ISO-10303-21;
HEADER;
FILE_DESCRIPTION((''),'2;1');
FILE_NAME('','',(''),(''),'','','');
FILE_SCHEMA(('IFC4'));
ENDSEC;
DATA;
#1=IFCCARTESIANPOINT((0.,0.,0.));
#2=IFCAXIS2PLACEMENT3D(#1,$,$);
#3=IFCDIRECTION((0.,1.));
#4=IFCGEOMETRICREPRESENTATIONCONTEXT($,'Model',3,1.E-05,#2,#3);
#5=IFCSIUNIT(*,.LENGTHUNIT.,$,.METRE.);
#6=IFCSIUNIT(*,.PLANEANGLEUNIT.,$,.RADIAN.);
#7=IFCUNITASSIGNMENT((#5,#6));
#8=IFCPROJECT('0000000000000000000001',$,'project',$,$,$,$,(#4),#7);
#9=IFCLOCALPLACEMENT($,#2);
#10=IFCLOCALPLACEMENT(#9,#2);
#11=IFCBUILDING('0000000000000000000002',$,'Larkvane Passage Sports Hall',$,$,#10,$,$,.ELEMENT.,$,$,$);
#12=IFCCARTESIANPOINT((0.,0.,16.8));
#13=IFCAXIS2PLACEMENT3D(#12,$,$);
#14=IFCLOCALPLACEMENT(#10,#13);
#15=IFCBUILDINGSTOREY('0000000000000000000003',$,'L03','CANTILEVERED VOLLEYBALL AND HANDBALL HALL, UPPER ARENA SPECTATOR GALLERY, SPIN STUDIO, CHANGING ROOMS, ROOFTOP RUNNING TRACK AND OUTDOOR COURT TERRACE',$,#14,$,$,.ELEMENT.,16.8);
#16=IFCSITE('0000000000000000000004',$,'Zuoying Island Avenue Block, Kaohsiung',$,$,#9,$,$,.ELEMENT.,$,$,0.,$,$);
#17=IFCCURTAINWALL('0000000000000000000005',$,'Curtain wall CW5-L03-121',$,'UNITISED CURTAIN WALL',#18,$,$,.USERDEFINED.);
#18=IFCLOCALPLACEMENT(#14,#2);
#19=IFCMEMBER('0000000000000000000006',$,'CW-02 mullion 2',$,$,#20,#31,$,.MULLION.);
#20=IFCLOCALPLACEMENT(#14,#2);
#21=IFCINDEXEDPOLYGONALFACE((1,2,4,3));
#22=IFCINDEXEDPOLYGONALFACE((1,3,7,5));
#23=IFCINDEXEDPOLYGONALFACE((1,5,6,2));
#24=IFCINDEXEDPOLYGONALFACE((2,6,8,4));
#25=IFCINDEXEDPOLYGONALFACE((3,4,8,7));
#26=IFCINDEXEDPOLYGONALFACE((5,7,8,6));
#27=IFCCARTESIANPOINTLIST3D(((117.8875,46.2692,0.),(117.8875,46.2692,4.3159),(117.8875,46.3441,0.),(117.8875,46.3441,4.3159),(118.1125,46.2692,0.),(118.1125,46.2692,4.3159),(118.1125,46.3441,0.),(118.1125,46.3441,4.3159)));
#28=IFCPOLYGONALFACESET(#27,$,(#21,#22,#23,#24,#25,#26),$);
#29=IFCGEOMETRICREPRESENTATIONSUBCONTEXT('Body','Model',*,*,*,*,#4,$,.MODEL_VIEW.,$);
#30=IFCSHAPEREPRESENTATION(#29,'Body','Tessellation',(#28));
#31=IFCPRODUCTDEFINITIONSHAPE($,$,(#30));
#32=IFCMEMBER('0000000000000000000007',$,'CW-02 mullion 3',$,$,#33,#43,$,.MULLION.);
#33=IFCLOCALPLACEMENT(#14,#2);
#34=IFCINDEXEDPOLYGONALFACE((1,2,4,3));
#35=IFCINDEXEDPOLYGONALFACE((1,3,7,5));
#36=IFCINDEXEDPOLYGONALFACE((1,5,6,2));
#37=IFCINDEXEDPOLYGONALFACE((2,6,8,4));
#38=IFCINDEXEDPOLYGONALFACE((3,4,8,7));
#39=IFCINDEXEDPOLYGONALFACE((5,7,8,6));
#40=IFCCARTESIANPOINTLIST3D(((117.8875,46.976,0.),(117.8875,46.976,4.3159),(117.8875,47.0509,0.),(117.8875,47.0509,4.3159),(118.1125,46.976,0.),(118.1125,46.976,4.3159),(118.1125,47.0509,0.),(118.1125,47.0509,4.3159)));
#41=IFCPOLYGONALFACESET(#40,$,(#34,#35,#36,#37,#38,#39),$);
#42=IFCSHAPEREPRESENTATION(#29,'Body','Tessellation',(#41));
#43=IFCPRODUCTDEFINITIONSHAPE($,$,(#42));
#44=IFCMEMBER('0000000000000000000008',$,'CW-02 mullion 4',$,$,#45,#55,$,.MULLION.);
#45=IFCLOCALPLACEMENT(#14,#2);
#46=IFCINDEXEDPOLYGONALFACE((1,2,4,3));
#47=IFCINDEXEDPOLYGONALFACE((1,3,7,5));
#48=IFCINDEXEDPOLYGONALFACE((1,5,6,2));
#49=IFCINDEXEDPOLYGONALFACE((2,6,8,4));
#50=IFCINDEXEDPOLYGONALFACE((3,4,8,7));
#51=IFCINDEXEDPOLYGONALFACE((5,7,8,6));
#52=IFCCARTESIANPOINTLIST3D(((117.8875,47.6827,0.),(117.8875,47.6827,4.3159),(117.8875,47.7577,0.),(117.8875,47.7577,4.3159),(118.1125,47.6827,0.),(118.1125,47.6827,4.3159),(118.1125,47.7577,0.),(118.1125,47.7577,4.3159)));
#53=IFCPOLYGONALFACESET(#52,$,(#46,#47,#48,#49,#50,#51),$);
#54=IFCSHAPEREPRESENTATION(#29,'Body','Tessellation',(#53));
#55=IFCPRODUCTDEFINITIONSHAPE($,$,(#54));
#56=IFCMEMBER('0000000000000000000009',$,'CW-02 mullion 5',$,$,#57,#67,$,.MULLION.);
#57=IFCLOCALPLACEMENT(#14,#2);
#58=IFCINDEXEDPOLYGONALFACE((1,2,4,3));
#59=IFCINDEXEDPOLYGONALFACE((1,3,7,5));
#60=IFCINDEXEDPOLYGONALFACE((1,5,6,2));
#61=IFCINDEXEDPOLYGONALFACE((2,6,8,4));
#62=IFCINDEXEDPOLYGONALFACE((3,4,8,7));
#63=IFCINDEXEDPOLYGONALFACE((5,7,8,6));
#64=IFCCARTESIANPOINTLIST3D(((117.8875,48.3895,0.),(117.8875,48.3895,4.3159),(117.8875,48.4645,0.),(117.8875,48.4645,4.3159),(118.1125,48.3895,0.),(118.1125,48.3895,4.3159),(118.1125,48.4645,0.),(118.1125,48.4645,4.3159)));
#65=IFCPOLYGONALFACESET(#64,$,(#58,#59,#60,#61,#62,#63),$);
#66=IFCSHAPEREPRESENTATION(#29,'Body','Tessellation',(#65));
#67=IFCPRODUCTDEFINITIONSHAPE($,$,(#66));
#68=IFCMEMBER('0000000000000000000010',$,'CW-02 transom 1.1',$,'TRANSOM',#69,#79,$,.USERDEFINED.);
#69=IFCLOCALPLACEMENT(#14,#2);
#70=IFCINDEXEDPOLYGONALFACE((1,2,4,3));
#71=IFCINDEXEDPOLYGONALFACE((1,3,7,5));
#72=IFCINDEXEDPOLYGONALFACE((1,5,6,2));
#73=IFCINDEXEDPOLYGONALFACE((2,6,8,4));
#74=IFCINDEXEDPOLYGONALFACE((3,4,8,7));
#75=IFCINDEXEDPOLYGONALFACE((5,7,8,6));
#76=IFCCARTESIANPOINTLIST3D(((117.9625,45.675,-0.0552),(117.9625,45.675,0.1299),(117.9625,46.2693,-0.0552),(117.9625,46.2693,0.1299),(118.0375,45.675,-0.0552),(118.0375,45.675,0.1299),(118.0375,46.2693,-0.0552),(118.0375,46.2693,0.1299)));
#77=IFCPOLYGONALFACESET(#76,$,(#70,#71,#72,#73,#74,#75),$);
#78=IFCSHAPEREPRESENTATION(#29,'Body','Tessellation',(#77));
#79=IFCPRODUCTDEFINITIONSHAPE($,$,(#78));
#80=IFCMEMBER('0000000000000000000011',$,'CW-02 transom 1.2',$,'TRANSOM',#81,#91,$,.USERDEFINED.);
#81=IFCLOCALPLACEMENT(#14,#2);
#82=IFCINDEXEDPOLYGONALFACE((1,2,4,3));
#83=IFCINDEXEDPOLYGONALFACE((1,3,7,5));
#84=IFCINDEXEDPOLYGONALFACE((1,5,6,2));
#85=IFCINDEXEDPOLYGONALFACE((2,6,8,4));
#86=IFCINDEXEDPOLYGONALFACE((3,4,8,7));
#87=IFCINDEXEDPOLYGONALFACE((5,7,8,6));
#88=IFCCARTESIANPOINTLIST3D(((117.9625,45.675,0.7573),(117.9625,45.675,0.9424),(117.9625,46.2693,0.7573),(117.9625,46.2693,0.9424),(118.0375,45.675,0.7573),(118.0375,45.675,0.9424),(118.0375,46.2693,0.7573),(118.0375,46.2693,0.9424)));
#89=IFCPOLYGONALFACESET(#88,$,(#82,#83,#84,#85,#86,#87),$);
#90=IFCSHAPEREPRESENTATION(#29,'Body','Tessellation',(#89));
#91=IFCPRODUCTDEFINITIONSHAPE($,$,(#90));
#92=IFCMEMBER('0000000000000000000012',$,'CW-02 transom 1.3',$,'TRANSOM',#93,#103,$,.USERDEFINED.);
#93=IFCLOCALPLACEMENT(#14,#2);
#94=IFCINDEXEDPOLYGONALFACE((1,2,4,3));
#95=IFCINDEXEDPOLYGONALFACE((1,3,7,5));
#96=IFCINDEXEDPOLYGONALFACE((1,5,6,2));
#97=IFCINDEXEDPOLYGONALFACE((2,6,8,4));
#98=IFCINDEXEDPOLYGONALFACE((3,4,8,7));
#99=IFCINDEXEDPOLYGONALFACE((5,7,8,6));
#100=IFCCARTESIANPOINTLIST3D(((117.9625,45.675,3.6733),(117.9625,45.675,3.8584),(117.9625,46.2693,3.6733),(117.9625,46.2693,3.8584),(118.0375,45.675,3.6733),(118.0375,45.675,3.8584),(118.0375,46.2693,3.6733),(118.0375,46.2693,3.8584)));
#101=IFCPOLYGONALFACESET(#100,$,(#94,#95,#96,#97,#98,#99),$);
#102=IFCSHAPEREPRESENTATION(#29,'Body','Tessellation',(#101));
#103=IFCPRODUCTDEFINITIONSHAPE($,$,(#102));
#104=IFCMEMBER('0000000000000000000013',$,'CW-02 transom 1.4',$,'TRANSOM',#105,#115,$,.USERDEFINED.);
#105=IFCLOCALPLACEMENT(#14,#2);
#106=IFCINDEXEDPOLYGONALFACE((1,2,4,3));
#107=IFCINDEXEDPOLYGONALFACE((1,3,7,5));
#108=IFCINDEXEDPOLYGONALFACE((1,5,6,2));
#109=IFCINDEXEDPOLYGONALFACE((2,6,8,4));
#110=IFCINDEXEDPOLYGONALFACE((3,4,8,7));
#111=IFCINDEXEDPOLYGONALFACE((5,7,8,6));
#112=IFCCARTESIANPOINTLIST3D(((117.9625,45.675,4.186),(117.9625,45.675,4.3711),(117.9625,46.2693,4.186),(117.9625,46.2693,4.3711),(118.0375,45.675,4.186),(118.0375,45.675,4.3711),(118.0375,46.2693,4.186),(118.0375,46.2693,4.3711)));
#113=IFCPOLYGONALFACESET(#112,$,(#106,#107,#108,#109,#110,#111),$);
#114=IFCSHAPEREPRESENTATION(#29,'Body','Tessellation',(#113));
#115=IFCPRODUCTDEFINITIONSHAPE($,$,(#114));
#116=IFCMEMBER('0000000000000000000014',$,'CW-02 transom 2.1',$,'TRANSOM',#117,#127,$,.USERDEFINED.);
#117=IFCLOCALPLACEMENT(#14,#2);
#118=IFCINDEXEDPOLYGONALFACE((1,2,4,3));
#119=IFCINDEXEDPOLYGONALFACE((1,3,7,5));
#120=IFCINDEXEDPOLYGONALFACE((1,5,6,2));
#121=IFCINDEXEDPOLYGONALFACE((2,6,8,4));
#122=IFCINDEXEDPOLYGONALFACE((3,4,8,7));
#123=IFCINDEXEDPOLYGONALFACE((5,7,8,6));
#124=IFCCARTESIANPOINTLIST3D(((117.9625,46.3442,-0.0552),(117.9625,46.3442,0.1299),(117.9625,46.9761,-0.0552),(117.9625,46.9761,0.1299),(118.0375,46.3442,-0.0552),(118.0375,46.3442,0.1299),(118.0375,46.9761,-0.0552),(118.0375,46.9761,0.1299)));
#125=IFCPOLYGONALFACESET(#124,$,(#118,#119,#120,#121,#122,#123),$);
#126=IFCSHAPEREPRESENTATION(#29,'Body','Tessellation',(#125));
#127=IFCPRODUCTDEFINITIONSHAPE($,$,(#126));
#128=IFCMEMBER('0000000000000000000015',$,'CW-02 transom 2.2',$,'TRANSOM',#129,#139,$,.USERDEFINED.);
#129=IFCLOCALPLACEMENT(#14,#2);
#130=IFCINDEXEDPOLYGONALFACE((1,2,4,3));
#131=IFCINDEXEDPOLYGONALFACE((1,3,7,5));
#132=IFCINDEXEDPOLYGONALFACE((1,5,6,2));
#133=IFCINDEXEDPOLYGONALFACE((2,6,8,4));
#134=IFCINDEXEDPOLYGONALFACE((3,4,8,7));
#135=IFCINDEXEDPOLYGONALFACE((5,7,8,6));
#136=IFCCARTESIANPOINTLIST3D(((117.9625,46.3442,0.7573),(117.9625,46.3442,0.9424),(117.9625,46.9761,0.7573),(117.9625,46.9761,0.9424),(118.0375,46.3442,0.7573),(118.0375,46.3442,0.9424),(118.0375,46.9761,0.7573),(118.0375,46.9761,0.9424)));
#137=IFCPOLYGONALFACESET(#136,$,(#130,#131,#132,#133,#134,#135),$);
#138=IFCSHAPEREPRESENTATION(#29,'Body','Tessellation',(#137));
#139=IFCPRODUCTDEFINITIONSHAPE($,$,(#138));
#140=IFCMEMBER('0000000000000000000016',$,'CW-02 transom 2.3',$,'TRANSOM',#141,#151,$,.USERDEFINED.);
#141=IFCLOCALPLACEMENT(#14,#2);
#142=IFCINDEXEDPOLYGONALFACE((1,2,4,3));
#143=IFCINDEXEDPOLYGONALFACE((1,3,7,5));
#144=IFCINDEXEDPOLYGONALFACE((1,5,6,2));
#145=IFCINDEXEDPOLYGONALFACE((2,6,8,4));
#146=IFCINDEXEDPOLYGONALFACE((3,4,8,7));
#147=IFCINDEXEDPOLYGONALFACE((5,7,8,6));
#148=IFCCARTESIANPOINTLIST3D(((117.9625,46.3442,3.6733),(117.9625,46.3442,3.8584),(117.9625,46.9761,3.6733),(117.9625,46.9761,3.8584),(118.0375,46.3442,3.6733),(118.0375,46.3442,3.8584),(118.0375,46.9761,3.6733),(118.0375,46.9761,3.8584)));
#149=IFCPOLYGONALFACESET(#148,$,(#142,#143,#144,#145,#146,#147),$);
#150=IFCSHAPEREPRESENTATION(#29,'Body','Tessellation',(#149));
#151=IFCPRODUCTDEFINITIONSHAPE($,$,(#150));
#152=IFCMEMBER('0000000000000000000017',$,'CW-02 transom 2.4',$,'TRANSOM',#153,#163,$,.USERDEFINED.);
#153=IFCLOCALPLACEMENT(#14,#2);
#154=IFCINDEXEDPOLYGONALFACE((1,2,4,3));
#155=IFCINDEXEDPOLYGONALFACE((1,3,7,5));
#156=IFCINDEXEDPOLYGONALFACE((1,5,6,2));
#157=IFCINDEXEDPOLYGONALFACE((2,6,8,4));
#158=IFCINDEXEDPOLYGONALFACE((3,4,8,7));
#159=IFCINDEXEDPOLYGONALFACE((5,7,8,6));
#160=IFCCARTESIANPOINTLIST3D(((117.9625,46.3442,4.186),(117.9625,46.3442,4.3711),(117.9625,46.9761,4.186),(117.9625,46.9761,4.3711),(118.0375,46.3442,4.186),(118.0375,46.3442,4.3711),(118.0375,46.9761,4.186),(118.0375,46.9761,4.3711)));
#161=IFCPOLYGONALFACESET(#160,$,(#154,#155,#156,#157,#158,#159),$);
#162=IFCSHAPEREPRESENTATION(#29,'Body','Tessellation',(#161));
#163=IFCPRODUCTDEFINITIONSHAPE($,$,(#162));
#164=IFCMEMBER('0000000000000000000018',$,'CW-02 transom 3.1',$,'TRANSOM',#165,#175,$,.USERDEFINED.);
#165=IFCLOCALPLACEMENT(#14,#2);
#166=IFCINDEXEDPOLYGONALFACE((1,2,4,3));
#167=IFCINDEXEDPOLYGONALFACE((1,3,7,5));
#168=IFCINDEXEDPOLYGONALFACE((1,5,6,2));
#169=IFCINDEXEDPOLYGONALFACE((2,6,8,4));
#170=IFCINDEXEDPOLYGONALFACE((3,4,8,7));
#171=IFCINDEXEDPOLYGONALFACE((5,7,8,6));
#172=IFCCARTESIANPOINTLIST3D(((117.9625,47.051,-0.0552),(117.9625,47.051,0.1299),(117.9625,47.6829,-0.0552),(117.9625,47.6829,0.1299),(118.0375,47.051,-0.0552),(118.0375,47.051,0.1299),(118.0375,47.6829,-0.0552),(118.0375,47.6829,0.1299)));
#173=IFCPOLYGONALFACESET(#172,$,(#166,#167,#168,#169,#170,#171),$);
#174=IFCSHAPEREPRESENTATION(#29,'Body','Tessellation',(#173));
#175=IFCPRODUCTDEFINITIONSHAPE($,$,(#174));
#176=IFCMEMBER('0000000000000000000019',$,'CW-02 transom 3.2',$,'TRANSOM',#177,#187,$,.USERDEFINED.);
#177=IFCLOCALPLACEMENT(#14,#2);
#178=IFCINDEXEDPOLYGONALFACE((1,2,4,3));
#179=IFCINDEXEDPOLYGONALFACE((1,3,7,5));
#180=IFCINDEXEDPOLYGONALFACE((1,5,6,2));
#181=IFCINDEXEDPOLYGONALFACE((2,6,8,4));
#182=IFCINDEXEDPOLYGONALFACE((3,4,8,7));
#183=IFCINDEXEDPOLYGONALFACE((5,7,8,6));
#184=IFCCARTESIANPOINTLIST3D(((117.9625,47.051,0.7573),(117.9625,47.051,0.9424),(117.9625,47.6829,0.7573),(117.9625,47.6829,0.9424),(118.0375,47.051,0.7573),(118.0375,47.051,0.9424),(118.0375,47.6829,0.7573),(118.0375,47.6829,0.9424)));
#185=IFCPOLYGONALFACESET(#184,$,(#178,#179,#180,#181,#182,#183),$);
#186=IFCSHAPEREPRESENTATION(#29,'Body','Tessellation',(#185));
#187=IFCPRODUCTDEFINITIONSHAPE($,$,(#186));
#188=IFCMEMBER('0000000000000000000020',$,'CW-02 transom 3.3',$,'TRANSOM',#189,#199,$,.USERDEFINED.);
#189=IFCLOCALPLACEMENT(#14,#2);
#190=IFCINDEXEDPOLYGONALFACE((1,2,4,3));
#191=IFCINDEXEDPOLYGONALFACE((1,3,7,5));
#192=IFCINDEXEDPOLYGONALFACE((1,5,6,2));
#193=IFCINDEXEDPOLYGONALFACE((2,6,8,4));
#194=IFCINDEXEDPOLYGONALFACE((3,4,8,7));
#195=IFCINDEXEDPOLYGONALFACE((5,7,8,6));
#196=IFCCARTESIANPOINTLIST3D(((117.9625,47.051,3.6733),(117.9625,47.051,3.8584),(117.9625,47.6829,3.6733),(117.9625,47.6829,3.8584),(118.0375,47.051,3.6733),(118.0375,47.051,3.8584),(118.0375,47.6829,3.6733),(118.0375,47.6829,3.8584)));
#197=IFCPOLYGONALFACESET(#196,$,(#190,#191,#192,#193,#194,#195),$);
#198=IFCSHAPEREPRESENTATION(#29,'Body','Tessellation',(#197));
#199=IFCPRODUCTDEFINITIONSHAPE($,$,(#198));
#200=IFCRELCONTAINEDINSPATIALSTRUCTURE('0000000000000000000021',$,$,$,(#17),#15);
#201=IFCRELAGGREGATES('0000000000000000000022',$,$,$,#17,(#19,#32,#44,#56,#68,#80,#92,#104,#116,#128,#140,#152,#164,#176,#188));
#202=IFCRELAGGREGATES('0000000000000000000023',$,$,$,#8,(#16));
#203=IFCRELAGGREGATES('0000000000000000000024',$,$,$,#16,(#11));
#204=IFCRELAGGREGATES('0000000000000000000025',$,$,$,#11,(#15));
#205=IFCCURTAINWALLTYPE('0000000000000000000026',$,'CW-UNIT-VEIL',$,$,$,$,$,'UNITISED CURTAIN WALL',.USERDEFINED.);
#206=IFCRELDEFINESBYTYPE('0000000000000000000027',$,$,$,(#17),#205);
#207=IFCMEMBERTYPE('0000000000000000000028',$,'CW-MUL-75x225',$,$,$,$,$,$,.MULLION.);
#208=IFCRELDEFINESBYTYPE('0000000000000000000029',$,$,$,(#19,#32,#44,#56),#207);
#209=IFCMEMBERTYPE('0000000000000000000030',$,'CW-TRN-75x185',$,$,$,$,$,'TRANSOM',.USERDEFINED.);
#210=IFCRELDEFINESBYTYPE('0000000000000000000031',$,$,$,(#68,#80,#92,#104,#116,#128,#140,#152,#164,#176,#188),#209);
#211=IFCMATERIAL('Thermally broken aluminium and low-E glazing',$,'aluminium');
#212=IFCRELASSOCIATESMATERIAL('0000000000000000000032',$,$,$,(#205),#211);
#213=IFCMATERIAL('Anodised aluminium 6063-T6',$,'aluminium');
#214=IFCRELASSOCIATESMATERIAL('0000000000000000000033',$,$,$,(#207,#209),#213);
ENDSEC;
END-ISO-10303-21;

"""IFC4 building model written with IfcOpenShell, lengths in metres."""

from ifc_helpers import new_model, si_unit, direction, frame, origin, origin_2d, place, context, subcontext, project, spatial, rectangle, extrude, material, material_profile, profile_set, type_object, element, aggregate, save


model = new_model("IFC4")

# Units and contexts
model_context = context("Model", 3, precision=1e-05, world=origin(), true_north=direction((0.0, 1.0)))
body_context = subcontext(model_context, "Body", "Model", "MODEL_VIEW")
ifc_project = project(units=[si_unit("LENGTHUNIT", "METRE"), si_unit("PLANEANGLEUNIT", "RADIAN")], contexts=[model_context])

# Site, building, storey
site_placement = place(None, origin())
site = spatial("IfcSite", under=ifc_project, at=site_placement, Name="Zuoying Island Avenue Block, Kaohsiung", CompositionType="ELEMENT", RefElevation=0.0)
building_placement = place(site_placement, origin())
building = spatial("IfcBuilding", under=site, at=building_placement, Name="Larkvane Passage Sports Hall", CompositionType="ELEMENT")
storey_placement = place(building_placement, frame((0.0, 0.0, 16.8)))
storey = spatial("IfcBuildingStorey", under=building, at=storey_placement, Name="L03", Description="CANTILEVERED VOLLEYBALL AND HANDBALL HALL, UPPER ARENA SPECTATOR GALLERY, SPIN STUDIO, CHANGING ROOMS, ROOFTOP RUNNING TRACK AND OUTDOOR COURT TERRACE", CompositionType="ELEMENT", Elevation=16.8)

# Curtain wall, members
ifc_material_1 = material(Name="Thermally broken aluminium and low-E glazing", Category="aluminium")
curtain_wall_type = type_object("IfcCurtainWallType", Name="CW-UNIT-VEIL", ElementType="UNITISED CURTAIN WALL", PredefinedType="USERDEFINED", material=ifc_material_1)
curtain_wall_placement = place(storey_placement, origin())
curtain_wall = element("IfcCurtainWall", 1, at=curtain_wall_placement, inside=storey, type_object=curtain_wall_type, Name="Curtain wall CW5-L03-121", ObjectType="UNITISED CURTAIN WALL", PredefinedType="USERDEFINED")
ifc_material_2 = material(Name="Anodised aluminium 6063-T6", Category="aluminium")
ifc_material_profile_1 = material_profile(ifc_material_2, rectangle(XDim=0.075, YDim=0.2251, at=origin_2d()), Name="ALU-MUL-75x225")
ifc_profile_set_1 = profile_set([ifc_material_profile_1], Name="Anodised aluminium 6063-T6")
member_type_1 = type_object("IfcMemberType", Name="CW-MUL-75x225", PredefinedType="MULLION", material=ifc_profile_set_1)
member_1_placement = place(storey_placement, frame((118.0, 46.3066, 0.0), z_axis=(0.0, 0.0, 1.0), x_axis=(0.0, 1.0, 0.0)))
member_1 = element("IfcMember", 2, at=member_1_placement, type_object=member_type_1, Name="CW-02 mullion 2", PredefinedType="MULLION", context=body_context, shape_type="SweptSolid", body=[
    extrude(rectangle(XDim=0.075, YDim=0.2251, at=origin_2d()), origin(), (0.0, 0.0, 1.0), 4.3159),
])
member_2_placement = place(storey_placement, frame((118.0, 47.0134, 0.0), z_axis=(0.0, 0.0, 1.0), x_axis=(0.0, 1.0, 0.0)))
member_2 = element("IfcMember", 3, at=member_2_placement, type_object=member_type_1, Name="CW-02 mullion 3", PredefinedType="MULLION", context=body_context, shape_type="SweptSolid", body=[
    extrude(rectangle(XDim=0.075, YDim=0.2251, at=origin_2d()), origin(), (0.0, 0.0, 1.0), 4.3159),
])
member_3_placement = place(storey_placement, frame((118.0, 47.7202, 0.0), z_axis=(0.0, 0.0, 1.0), x_axis=(0.0, 1.0, 0.0)))
member_3 = element("IfcMember", 4, at=member_3_placement, type_object=member_type_1, Name="CW-02 mullion 4", PredefinedType="MULLION", context=body_context, shape_type="SweptSolid", body=[
    extrude(rectangle(XDim=0.075, YDim=0.2251, at=origin_2d()), origin(), (0.0, 0.0, 1.0), 4.3159),
])
member_4_placement = place(storey_placement, frame((118.0, 48.427, 0.0), z_axis=(0.0, 0.0, 1.0), x_axis=(0.0, 1.0, 0.0)))
member_4 = element("IfcMember", 5, at=member_4_placement, type_object=member_type_1, Name="CW-02 mullion 5", PredefinedType="MULLION", context=body_context, shape_type="SweptSolid", body=[
    extrude(rectangle(XDim=0.075, YDim=0.2251, at=origin_2d()), origin(), (0.0, 0.0, 1.0), 4.3159),
])
ifc_material_profile_2 = material_profile(ifc_material_2, rectangle(XDim=0.075, YDim=0.1851, at=origin_2d()), Name="ALU-TRN-75x185")
ifc_profile_set_2 = profile_set([ifc_material_profile_2], Name="Anodised aluminium 6063-T6")
member_type_2 = type_object("IfcMemberType", Name="CW-TRN-75x185", ElementType="TRANSOM", PredefinedType="USERDEFINED", material=ifc_profile_set_2)
member_5_placement = place(storey_placement, frame((118.0, 45.675, 0.0374), z_axis=(0.0, 1.0, 0.0), x_axis=(-1.0, 0.0, 0.0)))
member_5 = element("IfcMember", 6, at=member_5_placement, type_object=member_type_2, Name="CW-02 transom 1.1", ObjectType="TRANSOM", PredefinedType="USERDEFINED", context=body_context, shape_type="SweptSolid", body=[
    extrude(rectangle(XDim=0.075, YDim=0.1851, at=origin_2d()), origin(), (0.0, 0.0, 1.0), 0.5942),
])
member_6_placement = place(storey_placement, frame((118.0, 45.675, 0.8499), z_axis=(0.0, 1.0, 0.0), x_axis=(-1.0, 0.0, 0.0)))
member_6 = element("IfcMember", 7, at=member_6_placement, type_object=member_type_2, Name="CW-02 transom 1.2", ObjectType="TRANSOM", PredefinedType="USERDEFINED", context=body_context, shape_type="SweptSolid", body=[
    extrude(rectangle(XDim=0.075, YDim=0.1851, at=origin_2d()), origin(), (0.0, 0.0, 1.0), 0.5942),
])
member_7_placement = place(storey_placement, frame((118.0, 45.675, 3.7659), z_axis=(0.0, 1.0, 0.0), x_axis=(-1.0, 0.0, 0.0)))
member_7 = element("IfcMember", 8, at=member_7_placement, type_object=member_type_2, Name="CW-02 transom 1.3", ObjectType="TRANSOM", PredefinedType="USERDEFINED", context=body_context, shape_type="SweptSolid", body=[
    extrude(rectangle(XDim=0.075, YDim=0.1851, at=origin_2d()), origin(), (0.0, 0.0, 1.0), 0.5942),
])
member_8_placement = place(storey_placement, frame((118.0, 45.675, 4.2786), z_axis=(0.0, 1.0, 0.0), x_axis=(-1.0, 0.0, 0.0)))
member_8 = element("IfcMember", 9, at=member_8_placement, type_object=member_type_2, Name="CW-02 transom 1.4", ObjectType="TRANSOM", PredefinedType="USERDEFINED", context=body_context, shape_type="SweptSolid", body=[
    extrude(rectangle(XDim=0.075, YDim=0.1851, at=origin_2d()), origin(), (0.0, 0.0, 1.0), 0.5942),
])
member_9_placement = place(storey_placement, frame((118.0, 46.3442, 0.0374), z_axis=(0.0, 1.0, 0.0), x_axis=(-1.0, 0.0, 0.0)))
member_9 = element("IfcMember", 10, at=member_9_placement, type_object=member_type_2, Name="CW-02 transom 2.1", ObjectType="TRANSOM", PredefinedType="USERDEFINED", context=body_context, shape_type="SweptSolid", body=[
    extrude(rectangle(XDim=0.075, YDim=0.1851, at=origin_2d()), origin(), (0.0, 0.0, 1.0), 0.6318),
])
member_10_placement = place(storey_placement, frame((118.0, 46.3442, 0.8499), z_axis=(0.0, 1.0, 0.0), x_axis=(-1.0, 0.0, 0.0)))
member_10 = element("IfcMember", 11, at=member_10_placement, type_object=member_type_2, Name="CW-02 transom 2.2", ObjectType="TRANSOM", PredefinedType="USERDEFINED", context=body_context, shape_type="SweptSolid", body=[
    extrude(rectangle(XDim=0.075, YDim=0.1851, at=origin_2d()), origin(), (0.0, 0.0, 1.0), 0.6318),
])
member_11_placement = place(storey_placement, frame((118.0, 46.3442, 3.7659), z_axis=(0.0, 1.0, 0.0), x_axis=(-1.0, 0.0, 0.0)))
member_11 = element("IfcMember", 12, at=member_11_placement, type_object=member_type_2, Name="CW-02 transom 2.3", ObjectType="TRANSOM", PredefinedType="USERDEFINED", context=body_context, shape_type="SweptSolid", body=[
    extrude(rectangle(XDim=0.075, YDim=0.1851, at=origin_2d()), origin(), (0.0, 0.0, 1.0), 0.6318),
])
member_12_placement = place(storey_placement, frame((118.0, 46.3442, 4.2786), z_axis=(0.0, 1.0, 0.0), x_axis=(-1.0, 0.0, 0.0)))
member_12 = element("IfcMember", 13, at=member_12_placement, type_object=member_type_2, Name="CW-02 transom 2.4", ObjectType="TRANSOM", PredefinedType="USERDEFINED", context=body_context, shape_type="SweptSolid", body=[
    extrude(rectangle(XDim=0.075, YDim=0.1851, at=origin_2d()), origin(), (0.0, 0.0, 1.0), 0.6318),
])
member_13_placement = place(storey_placement, frame((118.0, 47.051, 0.0374), z_axis=(0.0, 1.0, 0.0), x_axis=(-1.0, 0.0, 0.0)))
member_13 = element("IfcMember", 14, at=member_13_placement, type_object=member_type_2, Name="CW-02 transom 3.1", ObjectType="TRANSOM", PredefinedType="USERDEFINED", context=body_context, shape_type="SweptSolid", body=[
    extrude(rectangle(XDim=0.075, YDim=0.1851, at=origin_2d()), origin(), (0.0, 0.0, 1.0), 0.6318),
])
member_14_placement = place(storey_placement, frame((118.0, 47.051, 0.8499), z_axis=(0.0, 1.0, 0.0), x_axis=(-1.0, 0.0, 0.0)))
member_14 = element("IfcMember", 15, at=member_14_placement, type_object=member_type_2, Name="CW-02 transom 3.2", ObjectType="TRANSOM", PredefinedType="USERDEFINED", context=body_context, shape_type="SweptSolid", body=[
    extrude(rectangle(XDim=0.075, YDim=0.1851, at=origin_2d()), origin(), (0.0, 0.0, 1.0), 0.6318),
])
member_15_placement = place(storey_placement, frame((118.0, 47.051, 3.7659), z_axis=(0.0, 1.0, 0.0), x_axis=(-1.0, 0.0, 0.0)))
member_15 = element("IfcMember", 16, at=member_15_placement, type_object=member_type_2, Name="CW-02 transom 3.3", ObjectType="TRANSOM", PredefinedType="USERDEFINED", context=body_context, shape_type="SweptSolid", body=[
    extrude(rectangle(XDim=0.075, YDim=0.1851, at=origin_2d()), origin(), (0.0, 0.0, 1.0), 0.6318),
])
aggregate(curtain_wall, [member_1, member_2, member_3, member_4, member_5, member_6, member_7, member_8, member_9, member_10, member_11, member_12, member_13, member_14, member_15])

save(model, "model.ifc")
